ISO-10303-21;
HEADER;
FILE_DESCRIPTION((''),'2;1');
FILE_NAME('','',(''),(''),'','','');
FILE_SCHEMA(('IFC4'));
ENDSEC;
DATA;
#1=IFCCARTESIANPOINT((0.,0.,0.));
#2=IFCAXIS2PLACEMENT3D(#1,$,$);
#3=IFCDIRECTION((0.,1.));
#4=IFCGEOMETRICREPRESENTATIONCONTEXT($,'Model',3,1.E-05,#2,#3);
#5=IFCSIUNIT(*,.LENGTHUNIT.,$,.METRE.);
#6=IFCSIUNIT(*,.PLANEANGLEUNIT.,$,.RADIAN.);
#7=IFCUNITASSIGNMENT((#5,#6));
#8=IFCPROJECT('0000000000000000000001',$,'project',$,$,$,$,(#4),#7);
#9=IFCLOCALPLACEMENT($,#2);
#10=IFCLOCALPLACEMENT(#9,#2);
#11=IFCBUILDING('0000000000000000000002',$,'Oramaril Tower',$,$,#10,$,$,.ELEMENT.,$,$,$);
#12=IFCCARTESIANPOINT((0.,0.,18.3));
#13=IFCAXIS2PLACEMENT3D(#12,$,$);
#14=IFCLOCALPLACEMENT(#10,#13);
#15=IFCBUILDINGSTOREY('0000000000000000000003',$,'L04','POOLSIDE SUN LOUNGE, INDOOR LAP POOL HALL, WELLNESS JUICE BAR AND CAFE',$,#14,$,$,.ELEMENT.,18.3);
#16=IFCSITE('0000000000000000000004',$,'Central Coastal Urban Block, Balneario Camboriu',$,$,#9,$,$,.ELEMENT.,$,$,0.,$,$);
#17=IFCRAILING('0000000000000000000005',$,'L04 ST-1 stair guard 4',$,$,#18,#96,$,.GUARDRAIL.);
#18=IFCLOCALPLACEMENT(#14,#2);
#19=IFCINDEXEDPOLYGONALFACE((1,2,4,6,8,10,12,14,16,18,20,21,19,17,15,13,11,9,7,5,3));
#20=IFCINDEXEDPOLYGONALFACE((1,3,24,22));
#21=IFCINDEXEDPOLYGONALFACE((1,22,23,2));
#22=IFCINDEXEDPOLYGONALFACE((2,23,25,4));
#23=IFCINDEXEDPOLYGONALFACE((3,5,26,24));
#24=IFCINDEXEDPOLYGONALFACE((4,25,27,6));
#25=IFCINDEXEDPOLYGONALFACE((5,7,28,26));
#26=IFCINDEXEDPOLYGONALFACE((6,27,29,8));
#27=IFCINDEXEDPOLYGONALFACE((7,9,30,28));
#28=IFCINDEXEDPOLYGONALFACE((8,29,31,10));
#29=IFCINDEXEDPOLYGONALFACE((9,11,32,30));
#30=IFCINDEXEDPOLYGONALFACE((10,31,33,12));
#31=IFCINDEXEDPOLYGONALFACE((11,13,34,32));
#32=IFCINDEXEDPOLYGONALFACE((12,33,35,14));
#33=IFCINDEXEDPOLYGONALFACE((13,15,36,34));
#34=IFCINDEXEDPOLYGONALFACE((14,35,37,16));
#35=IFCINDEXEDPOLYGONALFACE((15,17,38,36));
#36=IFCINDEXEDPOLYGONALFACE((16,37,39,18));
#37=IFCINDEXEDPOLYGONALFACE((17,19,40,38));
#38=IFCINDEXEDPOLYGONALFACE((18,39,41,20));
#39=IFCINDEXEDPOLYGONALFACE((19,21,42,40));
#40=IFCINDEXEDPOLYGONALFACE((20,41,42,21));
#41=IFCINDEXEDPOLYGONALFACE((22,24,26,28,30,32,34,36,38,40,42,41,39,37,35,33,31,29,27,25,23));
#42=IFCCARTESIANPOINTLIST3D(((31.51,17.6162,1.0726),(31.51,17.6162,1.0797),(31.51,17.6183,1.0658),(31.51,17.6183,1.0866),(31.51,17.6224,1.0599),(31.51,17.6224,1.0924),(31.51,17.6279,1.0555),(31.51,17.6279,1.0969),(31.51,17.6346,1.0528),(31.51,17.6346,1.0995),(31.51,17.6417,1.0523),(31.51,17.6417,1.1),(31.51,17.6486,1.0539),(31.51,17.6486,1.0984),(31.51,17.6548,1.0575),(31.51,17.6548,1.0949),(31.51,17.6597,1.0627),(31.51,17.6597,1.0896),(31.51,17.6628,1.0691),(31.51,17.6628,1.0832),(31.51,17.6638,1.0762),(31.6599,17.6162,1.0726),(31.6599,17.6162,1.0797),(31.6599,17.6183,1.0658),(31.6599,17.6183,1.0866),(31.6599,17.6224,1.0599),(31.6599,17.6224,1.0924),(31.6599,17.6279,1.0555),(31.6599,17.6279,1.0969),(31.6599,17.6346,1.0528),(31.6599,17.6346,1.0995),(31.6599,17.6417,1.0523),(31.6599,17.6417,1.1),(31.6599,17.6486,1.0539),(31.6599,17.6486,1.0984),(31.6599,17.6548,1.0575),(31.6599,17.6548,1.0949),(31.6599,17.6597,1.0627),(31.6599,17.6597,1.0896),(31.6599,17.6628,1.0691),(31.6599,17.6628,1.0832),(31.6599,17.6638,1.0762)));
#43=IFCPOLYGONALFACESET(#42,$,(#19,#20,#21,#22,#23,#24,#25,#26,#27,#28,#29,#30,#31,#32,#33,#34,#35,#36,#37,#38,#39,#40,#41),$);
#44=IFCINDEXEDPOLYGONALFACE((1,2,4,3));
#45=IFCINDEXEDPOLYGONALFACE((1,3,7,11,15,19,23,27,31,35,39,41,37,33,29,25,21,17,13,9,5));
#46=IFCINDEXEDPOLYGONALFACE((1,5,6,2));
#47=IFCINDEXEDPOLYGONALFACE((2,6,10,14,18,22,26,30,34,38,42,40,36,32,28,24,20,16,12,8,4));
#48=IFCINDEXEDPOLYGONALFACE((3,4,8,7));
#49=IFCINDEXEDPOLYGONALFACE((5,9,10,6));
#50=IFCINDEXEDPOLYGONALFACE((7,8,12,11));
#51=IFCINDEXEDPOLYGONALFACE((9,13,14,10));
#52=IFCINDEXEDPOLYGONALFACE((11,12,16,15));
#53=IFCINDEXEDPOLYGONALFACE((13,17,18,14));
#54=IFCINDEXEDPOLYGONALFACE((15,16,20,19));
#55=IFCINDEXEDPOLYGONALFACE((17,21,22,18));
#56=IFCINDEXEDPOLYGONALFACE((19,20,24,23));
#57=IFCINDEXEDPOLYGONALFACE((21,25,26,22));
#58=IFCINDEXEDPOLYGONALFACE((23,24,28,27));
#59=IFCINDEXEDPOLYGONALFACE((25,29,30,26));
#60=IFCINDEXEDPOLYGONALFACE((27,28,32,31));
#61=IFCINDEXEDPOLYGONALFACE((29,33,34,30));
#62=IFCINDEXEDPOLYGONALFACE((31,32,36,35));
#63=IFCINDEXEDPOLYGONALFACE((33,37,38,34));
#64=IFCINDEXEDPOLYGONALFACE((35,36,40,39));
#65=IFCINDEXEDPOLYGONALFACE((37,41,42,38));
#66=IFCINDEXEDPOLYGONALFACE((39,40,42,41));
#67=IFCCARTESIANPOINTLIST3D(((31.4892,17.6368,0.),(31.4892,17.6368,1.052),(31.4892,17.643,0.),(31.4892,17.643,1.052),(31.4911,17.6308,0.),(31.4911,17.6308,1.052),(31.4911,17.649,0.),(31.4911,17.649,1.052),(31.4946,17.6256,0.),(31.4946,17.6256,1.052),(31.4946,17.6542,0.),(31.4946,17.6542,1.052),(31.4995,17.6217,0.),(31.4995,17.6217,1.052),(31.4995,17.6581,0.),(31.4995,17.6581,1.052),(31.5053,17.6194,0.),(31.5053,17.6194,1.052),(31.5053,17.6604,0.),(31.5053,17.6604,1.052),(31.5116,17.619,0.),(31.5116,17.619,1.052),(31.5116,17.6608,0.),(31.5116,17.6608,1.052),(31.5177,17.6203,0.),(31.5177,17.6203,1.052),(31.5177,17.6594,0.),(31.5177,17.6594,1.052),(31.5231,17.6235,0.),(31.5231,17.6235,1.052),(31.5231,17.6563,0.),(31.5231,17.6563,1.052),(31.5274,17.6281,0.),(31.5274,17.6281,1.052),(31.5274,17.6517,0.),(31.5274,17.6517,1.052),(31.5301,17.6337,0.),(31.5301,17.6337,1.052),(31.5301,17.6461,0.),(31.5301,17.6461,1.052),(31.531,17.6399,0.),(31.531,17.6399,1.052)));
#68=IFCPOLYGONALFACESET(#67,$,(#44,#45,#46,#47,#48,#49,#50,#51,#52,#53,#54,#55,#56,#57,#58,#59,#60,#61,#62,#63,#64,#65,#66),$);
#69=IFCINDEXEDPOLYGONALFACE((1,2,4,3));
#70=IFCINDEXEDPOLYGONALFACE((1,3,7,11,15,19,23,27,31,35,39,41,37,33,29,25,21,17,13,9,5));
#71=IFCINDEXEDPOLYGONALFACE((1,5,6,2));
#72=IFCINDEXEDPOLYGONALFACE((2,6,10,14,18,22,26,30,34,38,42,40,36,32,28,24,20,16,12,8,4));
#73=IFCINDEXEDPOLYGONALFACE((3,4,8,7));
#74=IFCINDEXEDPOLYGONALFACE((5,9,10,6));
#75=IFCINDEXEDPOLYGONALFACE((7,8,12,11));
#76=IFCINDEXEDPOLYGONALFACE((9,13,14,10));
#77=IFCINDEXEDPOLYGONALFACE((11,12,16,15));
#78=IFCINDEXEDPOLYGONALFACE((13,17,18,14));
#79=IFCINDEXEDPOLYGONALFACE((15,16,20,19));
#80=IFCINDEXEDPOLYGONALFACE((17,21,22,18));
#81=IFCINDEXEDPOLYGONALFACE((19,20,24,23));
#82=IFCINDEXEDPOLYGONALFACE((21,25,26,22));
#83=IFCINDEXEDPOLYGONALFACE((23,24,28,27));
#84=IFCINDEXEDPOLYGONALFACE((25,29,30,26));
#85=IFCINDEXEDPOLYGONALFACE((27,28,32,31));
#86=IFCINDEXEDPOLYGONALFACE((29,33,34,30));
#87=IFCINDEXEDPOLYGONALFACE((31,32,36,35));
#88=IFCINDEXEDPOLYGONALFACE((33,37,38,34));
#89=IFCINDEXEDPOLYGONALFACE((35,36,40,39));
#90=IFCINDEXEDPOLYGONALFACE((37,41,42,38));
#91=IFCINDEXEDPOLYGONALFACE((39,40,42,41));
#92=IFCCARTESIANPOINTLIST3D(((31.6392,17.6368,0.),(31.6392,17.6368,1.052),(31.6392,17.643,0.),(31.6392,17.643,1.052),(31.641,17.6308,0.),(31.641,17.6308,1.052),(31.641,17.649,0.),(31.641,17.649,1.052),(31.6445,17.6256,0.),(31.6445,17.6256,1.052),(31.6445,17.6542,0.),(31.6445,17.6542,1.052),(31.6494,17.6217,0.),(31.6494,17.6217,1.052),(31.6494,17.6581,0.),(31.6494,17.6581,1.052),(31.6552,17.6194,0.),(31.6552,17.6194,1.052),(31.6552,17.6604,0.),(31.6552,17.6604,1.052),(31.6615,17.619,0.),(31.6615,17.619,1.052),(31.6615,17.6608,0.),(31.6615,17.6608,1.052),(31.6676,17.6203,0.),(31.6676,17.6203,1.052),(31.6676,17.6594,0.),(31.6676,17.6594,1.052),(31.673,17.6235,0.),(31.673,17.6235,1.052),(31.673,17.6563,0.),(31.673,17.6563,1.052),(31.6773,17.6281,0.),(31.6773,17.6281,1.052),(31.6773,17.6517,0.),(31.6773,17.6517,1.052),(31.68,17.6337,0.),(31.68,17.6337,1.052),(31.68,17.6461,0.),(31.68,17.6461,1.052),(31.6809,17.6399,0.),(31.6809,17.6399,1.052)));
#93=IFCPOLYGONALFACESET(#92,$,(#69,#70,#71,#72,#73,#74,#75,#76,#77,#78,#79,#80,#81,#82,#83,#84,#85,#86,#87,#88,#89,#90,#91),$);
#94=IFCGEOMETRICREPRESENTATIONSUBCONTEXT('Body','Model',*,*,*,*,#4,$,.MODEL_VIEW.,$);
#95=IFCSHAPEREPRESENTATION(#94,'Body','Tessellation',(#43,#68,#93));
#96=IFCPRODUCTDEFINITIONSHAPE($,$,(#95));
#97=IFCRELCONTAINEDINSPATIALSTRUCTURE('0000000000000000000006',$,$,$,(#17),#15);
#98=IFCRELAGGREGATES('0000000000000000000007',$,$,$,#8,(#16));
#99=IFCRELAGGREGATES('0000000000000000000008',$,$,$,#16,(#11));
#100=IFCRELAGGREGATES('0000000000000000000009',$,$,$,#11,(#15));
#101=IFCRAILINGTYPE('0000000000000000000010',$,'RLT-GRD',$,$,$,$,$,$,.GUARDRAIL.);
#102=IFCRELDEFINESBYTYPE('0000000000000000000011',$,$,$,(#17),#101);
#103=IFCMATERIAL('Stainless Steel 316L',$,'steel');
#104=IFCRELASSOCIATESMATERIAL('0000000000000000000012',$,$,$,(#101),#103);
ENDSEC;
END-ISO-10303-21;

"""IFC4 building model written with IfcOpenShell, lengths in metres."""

from ifc_helpers import new_model, si_unit, direction, frame, origin, origin_2d, place, context, subcontext, project, spatial, circle, extrude, material, type_object, element, save


model = new_model("IFC4")

# Units and contexts
model_context = context("Model", 3, precision=1e-05, world=origin(), true_north=direction((0.0, 1.0)))
body_context = subcontext(model_context, "Body", "Model", "MODEL_VIEW")
ifc_project = project(units=[si_unit("LENGTHUNIT", "METRE"), si_unit("PLANEANGLEUNIT", "RADIAN")], contexts=[model_context])

# Site, building, storey
site_placement = place(None, origin())
site = spatial("IfcSite", under=ifc_project, at=site_placement, Name="Central Coastal Urban Block, Balneario Camboriu", CompositionType="ELEMENT", RefElevation=0.0)
building_placement = place(site_placement, origin())
building = spatial("IfcBuilding", under=site, at=building_placement, Name="Oramaril Tower", CompositionType="ELEMENT")
storey_placement = place(building_placement, frame((0.0, 0.0, 18.3)))
storey = spatial("IfcBuildingStorey", under=building, at=storey_placement, Name="L04", Description="POOLSIDE SUN LOUNGE, INDOOR LAP POOL HALL, WELLNESS JUICE BAR AND CAFE", CompositionType="ELEMENT", Elevation=18.3)

# Railing
ifc_material_1 = material(Name="Stainless Steel 316L", Category="steel")
railing_type_1 = type_object("IfcRailingType", Name="RLT-GRD", PredefinedType="GUARDRAIL", material=ifc_material_1)
railing_1_placement = place(storey_placement, frame((31.51, 17.6399, 0.0)))
element("IfcRailing", 1, at=railing_1_placement, inside=storey, type_object=railing_type_1, Name="L04 ST-1 stair guard 4", PredefinedType="GUARDRAIL", context=body_context, shape_type="SweptSolid", body=[
    extrude(circle(Radius=0.0239, at=origin_2d()), frame((0.0, 0.0, 1.0762), z_axis=(1.0, 0.0, 0.0), x_axis=(0.0, 1.0, 0.0)), (0.0, 0.0, 1.0), 0.1499),
    extrude(circle(Radius=0.021, at=origin_2d()), origin(), (0.0, 0.0, 1.0), 1.052),
    extrude(circle(Radius=0.021, at=origin_2d()), frame((0.1499, 0.0, 0.0)), (0.0, 0.0, 1.0), 1.052),
])

save(model, "model.ifc")
